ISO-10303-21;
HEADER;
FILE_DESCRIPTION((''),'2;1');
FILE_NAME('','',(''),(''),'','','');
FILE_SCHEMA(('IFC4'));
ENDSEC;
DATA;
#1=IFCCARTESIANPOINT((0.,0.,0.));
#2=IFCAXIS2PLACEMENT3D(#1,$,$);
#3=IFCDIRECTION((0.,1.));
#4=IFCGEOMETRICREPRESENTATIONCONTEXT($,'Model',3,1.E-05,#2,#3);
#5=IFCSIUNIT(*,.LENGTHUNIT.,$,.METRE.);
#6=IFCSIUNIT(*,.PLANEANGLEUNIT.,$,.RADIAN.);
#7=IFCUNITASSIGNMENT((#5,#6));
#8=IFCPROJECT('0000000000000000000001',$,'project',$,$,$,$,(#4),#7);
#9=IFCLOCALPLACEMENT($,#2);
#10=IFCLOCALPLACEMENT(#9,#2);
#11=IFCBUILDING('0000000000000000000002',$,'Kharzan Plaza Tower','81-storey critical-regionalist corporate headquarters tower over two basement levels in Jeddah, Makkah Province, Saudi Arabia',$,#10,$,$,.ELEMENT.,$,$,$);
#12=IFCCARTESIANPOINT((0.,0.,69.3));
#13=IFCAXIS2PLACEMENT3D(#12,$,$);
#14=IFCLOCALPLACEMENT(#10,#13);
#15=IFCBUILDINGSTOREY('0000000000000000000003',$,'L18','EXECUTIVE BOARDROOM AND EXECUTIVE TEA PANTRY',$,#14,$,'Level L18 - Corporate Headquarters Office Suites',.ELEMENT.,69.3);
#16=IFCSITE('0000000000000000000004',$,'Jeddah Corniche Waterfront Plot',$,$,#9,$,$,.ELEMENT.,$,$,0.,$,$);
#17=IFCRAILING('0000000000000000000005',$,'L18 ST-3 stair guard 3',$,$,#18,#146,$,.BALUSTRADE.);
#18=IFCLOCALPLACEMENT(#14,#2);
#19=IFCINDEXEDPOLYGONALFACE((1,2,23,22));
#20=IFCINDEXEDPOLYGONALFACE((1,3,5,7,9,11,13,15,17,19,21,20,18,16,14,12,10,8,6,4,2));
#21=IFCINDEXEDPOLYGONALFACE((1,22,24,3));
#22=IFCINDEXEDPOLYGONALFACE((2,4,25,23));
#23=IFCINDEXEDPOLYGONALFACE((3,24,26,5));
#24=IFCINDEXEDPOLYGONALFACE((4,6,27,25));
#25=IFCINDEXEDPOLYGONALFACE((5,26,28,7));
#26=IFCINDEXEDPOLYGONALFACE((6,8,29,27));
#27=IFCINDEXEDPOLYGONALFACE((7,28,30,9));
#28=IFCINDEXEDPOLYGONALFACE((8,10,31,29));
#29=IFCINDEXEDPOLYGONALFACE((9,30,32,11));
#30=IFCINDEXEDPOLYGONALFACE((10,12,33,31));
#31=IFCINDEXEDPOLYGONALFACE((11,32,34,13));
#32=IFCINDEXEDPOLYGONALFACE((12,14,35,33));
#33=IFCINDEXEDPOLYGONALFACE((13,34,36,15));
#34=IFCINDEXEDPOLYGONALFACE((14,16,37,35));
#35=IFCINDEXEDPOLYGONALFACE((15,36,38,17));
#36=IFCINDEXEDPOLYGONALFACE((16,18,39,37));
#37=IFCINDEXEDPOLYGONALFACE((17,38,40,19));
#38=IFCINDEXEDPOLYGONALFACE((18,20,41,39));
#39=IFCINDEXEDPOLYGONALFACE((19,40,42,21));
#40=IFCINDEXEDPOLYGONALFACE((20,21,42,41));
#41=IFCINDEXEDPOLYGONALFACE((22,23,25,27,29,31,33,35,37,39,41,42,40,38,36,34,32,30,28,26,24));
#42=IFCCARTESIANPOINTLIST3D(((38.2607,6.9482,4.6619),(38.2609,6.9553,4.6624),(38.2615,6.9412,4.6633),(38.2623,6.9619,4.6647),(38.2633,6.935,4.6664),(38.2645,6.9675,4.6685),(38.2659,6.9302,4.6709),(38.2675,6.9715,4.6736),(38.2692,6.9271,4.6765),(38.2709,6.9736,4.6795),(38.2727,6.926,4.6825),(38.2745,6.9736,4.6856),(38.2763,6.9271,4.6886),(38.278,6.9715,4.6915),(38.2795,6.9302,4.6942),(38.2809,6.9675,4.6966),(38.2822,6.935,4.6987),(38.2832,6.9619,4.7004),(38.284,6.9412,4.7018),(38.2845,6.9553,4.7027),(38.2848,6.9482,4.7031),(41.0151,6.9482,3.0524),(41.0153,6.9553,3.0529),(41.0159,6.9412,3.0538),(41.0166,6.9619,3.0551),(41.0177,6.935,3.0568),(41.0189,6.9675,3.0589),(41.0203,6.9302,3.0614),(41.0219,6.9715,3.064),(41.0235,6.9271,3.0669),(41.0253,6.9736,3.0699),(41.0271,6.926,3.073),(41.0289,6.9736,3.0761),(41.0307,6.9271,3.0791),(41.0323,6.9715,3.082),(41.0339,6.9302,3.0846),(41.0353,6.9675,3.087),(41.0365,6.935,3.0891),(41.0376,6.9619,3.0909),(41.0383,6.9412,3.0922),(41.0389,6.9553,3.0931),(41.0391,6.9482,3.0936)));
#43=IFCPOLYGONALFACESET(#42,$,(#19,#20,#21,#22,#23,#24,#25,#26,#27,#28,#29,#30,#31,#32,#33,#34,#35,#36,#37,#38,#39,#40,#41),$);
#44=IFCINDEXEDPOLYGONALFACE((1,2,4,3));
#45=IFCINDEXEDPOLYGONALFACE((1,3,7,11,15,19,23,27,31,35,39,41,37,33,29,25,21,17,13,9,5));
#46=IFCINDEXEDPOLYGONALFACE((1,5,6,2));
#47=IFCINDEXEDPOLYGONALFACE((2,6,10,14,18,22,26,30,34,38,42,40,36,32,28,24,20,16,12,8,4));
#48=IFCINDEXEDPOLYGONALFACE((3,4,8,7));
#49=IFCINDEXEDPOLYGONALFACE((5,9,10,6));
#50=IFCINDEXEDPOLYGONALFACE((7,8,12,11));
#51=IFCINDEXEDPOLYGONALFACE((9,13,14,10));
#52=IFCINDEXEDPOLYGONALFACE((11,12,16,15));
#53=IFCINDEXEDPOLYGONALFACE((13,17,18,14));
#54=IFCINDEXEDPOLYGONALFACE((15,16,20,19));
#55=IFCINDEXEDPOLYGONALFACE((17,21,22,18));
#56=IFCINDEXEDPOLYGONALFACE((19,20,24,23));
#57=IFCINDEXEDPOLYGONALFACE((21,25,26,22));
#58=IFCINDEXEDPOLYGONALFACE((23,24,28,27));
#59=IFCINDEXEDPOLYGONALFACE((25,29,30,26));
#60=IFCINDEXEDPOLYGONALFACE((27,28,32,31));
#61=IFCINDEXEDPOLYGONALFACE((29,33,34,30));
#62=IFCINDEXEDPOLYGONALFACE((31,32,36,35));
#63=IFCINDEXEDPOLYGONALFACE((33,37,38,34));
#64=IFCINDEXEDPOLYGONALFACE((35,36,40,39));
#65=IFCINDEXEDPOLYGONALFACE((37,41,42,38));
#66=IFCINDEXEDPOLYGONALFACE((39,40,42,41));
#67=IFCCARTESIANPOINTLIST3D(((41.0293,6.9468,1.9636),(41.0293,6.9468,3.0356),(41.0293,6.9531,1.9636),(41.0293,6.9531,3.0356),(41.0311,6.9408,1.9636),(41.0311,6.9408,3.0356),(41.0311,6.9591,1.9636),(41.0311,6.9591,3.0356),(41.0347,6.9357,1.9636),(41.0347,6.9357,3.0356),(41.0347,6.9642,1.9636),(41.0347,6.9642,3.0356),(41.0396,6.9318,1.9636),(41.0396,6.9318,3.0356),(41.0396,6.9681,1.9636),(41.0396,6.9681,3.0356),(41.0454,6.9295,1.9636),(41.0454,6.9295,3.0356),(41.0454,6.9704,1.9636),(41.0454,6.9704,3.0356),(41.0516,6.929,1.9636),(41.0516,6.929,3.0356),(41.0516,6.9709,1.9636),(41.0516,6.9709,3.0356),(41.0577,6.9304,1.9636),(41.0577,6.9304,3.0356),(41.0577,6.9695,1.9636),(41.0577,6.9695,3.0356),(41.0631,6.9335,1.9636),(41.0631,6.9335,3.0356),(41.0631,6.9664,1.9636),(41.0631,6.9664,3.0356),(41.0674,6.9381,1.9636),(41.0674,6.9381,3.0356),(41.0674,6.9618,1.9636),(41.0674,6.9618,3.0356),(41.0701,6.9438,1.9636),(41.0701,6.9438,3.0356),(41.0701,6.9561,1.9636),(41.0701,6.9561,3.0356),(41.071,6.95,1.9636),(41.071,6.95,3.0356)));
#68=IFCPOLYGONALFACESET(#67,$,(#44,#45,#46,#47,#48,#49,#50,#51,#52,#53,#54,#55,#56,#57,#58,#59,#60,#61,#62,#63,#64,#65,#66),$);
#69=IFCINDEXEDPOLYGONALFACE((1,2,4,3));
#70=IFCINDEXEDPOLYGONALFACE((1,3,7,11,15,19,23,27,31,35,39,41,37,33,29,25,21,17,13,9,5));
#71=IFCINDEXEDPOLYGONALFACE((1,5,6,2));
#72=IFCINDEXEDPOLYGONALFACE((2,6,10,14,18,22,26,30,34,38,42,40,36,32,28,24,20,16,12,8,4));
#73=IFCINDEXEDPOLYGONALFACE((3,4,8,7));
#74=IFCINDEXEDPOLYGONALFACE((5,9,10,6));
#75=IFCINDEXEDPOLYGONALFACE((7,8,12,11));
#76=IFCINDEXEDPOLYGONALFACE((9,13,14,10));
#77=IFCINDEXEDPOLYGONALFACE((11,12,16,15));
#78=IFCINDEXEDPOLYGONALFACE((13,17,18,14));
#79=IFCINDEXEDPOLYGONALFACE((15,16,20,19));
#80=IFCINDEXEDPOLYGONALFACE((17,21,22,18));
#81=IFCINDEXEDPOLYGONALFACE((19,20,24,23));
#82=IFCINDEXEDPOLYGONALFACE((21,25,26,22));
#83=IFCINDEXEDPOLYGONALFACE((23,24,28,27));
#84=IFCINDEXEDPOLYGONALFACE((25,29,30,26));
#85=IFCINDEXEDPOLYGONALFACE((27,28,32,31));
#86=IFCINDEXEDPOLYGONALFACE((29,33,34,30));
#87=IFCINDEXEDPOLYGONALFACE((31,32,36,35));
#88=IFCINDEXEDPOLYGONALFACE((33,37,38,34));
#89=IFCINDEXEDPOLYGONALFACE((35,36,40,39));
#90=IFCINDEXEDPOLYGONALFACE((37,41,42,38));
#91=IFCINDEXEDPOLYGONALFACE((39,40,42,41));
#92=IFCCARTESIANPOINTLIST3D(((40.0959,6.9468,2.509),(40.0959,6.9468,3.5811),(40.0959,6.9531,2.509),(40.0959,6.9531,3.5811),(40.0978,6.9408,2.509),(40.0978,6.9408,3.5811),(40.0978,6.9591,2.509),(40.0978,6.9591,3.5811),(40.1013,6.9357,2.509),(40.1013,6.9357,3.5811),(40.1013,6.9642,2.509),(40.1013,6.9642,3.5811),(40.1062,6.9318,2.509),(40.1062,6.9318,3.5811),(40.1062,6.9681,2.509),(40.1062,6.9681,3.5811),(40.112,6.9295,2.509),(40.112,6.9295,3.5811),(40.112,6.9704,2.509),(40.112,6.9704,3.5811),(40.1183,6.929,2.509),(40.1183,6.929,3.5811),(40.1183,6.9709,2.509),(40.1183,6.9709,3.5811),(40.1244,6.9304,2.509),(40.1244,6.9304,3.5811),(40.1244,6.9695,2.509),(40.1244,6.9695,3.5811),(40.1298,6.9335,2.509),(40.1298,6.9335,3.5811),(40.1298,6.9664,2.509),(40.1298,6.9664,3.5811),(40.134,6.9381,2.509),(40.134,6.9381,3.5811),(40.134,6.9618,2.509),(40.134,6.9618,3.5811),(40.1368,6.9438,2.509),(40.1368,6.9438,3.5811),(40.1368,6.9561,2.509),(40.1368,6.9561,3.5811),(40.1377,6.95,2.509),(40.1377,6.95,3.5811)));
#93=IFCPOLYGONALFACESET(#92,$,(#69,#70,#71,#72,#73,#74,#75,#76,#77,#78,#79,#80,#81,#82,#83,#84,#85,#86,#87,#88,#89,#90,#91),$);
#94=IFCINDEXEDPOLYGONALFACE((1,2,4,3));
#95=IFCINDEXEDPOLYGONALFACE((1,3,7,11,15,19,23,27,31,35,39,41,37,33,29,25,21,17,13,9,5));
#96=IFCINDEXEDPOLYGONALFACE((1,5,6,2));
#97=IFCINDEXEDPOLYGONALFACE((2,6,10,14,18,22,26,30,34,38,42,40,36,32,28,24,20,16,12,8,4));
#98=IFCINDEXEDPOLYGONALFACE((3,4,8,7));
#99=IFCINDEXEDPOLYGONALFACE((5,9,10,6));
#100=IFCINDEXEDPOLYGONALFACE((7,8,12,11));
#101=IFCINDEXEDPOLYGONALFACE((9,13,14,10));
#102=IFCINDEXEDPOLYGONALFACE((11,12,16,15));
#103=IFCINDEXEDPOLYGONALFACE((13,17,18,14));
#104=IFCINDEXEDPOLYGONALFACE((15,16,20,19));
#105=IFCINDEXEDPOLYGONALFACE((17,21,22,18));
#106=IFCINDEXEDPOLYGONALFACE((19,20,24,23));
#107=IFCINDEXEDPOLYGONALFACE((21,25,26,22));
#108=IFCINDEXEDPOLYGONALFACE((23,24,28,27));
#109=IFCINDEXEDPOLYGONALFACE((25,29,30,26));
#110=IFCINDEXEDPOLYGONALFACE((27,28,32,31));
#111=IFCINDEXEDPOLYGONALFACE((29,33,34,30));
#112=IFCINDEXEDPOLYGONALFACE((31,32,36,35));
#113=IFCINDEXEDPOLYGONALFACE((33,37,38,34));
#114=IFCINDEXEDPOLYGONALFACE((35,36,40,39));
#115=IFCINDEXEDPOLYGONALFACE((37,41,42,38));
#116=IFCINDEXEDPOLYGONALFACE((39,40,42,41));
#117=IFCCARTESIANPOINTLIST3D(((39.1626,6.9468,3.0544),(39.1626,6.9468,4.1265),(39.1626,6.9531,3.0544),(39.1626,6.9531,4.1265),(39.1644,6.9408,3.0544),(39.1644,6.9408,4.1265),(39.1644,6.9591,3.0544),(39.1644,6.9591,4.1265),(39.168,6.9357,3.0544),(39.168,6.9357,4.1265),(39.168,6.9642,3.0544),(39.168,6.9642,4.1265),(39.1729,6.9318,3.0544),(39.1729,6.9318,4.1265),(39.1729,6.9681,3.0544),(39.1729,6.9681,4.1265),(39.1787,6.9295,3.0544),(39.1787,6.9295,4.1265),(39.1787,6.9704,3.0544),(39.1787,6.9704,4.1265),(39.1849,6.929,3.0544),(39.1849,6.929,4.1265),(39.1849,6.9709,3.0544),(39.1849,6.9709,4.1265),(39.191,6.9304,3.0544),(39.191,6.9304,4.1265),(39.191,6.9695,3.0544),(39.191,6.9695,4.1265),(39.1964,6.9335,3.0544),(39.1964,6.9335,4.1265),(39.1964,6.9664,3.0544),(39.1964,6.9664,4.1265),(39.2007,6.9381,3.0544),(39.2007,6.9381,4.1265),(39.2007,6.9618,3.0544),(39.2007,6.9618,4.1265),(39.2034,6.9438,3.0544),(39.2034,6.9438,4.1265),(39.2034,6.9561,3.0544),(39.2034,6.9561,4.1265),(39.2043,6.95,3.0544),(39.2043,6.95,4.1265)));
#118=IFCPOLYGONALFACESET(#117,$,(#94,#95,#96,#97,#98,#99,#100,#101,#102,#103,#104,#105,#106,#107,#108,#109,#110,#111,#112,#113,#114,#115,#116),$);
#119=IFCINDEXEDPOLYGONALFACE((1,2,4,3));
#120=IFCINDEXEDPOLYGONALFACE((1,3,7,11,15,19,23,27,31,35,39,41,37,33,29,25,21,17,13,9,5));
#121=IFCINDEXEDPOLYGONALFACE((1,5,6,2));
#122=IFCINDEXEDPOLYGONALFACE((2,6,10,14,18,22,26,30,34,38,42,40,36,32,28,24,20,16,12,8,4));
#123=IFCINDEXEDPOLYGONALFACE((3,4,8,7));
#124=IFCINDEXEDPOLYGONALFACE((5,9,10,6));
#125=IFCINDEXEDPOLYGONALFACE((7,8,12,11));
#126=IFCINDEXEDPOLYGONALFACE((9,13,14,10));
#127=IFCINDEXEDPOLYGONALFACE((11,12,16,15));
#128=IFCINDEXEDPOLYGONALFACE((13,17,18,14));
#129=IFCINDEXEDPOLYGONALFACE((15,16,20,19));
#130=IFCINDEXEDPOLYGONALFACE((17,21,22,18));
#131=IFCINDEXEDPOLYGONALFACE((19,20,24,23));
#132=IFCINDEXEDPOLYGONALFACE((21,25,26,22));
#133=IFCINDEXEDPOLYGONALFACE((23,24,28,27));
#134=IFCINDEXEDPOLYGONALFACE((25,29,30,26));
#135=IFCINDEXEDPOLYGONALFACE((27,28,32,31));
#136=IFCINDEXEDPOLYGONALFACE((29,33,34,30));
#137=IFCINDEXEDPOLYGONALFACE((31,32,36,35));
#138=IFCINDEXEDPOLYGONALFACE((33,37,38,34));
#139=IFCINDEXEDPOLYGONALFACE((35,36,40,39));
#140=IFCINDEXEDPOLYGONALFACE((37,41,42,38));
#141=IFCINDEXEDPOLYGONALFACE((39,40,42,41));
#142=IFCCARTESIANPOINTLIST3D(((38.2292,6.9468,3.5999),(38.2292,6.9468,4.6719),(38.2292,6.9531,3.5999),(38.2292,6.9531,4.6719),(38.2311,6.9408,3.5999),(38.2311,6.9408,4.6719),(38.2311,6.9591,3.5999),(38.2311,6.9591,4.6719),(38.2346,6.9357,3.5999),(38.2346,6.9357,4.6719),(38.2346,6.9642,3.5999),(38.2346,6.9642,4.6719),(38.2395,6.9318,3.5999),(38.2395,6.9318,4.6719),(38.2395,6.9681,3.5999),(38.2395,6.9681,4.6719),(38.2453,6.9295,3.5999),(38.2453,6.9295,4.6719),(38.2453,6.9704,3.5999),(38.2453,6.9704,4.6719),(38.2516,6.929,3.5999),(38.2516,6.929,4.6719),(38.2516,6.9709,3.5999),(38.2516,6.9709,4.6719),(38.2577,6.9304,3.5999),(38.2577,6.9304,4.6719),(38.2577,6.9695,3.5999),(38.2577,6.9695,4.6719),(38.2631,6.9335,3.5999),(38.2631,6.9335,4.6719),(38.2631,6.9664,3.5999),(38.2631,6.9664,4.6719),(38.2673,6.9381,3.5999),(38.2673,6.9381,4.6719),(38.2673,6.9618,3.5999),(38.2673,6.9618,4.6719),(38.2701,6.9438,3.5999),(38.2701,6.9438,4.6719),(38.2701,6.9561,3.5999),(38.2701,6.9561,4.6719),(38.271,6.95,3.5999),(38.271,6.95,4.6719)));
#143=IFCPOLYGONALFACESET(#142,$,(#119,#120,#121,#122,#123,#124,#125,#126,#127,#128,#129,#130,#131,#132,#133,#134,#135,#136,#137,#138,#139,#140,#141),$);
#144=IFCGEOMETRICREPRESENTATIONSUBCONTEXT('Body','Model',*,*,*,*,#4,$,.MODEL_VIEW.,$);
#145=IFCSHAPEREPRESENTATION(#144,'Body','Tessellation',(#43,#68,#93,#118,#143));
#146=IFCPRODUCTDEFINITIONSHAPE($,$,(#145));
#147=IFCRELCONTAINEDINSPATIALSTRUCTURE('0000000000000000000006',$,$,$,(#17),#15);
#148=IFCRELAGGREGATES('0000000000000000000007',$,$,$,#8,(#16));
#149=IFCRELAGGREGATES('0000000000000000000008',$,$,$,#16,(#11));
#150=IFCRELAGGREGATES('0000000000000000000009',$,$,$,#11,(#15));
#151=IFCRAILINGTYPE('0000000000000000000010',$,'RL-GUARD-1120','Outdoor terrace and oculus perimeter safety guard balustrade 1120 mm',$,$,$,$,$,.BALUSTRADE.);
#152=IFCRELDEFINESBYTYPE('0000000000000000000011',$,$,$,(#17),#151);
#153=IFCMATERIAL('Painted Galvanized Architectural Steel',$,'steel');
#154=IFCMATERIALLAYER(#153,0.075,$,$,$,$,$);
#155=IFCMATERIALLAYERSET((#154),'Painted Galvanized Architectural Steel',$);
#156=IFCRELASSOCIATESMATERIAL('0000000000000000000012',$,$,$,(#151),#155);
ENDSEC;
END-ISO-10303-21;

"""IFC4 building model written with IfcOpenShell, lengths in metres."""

from ifc_helpers import new_model, si_unit, direction, frame, origin, origin_2d, place, context, subcontext, project, spatial, circle, extrude, source, transform, mapped, material, layer, layer_set, type_object, element, save


model = new_model("IFC4")

# Units and contexts
model_context = context("Model", 3, precision=1e-05, world=origin(), true_north=direction((0.0, 1.0)))
body_context = subcontext(model_context, "Body", "Model", "MODEL_VIEW")
ifc_project = project(units=[si_unit("LENGTHUNIT", "METRE"), si_unit("PLANEANGLEUNIT", "RADIAN")], contexts=[model_context])

# Site, building, storey
site_placement = place(None, origin())
site = spatial("IfcSite", under=ifc_project, at=site_placement, Name="Jeddah Corniche Waterfront Plot", CompositionType="ELEMENT", RefElevation=0.0)
building_placement = place(site_placement, origin())
building = spatial("IfcBuilding", under=site, at=building_placement, Name="Kharzan Plaza Tower", Description="81-storey critical-regionalist corporate headquarters tower over two basement levels in Jeddah, Makkah Province, Saudi Arabia", CompositionType="ELEMENT")
storey_placement = place(building_placement, frame((0.0, 0.0, 69.3)))
storey = spatial("IfcBuildingStorey", under=building, at=storey_placement, Name="L18", Description="EXECUTIVE BOARDROOM AND EXECUTIVE TEA PANTRY", LongName="Level L18 - Corporate Headquarters Office Suites", CompositionType="ELEMENT", Elevation=69.3)

# Railing
ifc_material_1 = material(Name="Painted Galvanized Architectural Steel", Category="steel")
ifc_layer_1 = layer(ifc_material_1, 0.075)
ifc_layer_set_1 = layer_set([ifc_layer_1], Name="Painted Galvanized Architectural Steel")
railing_type_1 = type_object("IfcRailingType", Name="RL-GUARD-1120", Description="Outdoor terrace and oculus perimeter safety guard balustrade 1120 mm", PredefinedType="BALUSTRADE", material=ifc_layer_set_1)
shared_shape_1 = source(origin(), body_context, "Body", "SweptSolid", [
    extrude(circle(Radius=0.0239, at=origin_2d()), frame((-0.0229, 0.0, 1.1094), z_axis=(-0.863394, 0.0, 0.504531), x_axis=(0.0, -1.0, 0.0)), (0.0, 0.0, 1.0), 3.1902),
    extrude(circle(Radius=0.021, at=origin_2d()), origin(), (0.0, 0.0, 1.0), 1.072),
    extrude(circle(Radius=0.021, at=origin_2d()), frame((-0.9333, 0.0, 0.5454)), (0.0, 0.0, 1.0), 1.072),
    extrude(circle(Radius=0.021, at=origin_2d()), frame((-1.8667, 0.0, 1.0908)), (0.0, 0.0, 1.0), 1.072),
    extrude(circle(Radius=0.021, at=origin_2d()), frame((-2.8, 0.0, 1.6362)), (0.0, 0.0, 1.0), 1.072),
])
railing_1_placement = place(storey_placement, frame((41.05, 6.95, 1.9636)))
element("IfcRailing", 1, at=railing_1_placement, inside=storey, type_object=railing_type_1, Name="L18 ST-3 stair guard 3", PredefinedType="BALUSTRADE", context=body_context, shape_type="MappedRepresentation", body=[
    mapped(shared_shape_1, transform((0.0, 0.0, 0.0), x_axis=(1.0, 0.0, 0.0), y_axis=(0.0, 1.0, 0.0), z_axis=(0.0, 0.0, 1.0))),
])

save(model, "model.ifc")
